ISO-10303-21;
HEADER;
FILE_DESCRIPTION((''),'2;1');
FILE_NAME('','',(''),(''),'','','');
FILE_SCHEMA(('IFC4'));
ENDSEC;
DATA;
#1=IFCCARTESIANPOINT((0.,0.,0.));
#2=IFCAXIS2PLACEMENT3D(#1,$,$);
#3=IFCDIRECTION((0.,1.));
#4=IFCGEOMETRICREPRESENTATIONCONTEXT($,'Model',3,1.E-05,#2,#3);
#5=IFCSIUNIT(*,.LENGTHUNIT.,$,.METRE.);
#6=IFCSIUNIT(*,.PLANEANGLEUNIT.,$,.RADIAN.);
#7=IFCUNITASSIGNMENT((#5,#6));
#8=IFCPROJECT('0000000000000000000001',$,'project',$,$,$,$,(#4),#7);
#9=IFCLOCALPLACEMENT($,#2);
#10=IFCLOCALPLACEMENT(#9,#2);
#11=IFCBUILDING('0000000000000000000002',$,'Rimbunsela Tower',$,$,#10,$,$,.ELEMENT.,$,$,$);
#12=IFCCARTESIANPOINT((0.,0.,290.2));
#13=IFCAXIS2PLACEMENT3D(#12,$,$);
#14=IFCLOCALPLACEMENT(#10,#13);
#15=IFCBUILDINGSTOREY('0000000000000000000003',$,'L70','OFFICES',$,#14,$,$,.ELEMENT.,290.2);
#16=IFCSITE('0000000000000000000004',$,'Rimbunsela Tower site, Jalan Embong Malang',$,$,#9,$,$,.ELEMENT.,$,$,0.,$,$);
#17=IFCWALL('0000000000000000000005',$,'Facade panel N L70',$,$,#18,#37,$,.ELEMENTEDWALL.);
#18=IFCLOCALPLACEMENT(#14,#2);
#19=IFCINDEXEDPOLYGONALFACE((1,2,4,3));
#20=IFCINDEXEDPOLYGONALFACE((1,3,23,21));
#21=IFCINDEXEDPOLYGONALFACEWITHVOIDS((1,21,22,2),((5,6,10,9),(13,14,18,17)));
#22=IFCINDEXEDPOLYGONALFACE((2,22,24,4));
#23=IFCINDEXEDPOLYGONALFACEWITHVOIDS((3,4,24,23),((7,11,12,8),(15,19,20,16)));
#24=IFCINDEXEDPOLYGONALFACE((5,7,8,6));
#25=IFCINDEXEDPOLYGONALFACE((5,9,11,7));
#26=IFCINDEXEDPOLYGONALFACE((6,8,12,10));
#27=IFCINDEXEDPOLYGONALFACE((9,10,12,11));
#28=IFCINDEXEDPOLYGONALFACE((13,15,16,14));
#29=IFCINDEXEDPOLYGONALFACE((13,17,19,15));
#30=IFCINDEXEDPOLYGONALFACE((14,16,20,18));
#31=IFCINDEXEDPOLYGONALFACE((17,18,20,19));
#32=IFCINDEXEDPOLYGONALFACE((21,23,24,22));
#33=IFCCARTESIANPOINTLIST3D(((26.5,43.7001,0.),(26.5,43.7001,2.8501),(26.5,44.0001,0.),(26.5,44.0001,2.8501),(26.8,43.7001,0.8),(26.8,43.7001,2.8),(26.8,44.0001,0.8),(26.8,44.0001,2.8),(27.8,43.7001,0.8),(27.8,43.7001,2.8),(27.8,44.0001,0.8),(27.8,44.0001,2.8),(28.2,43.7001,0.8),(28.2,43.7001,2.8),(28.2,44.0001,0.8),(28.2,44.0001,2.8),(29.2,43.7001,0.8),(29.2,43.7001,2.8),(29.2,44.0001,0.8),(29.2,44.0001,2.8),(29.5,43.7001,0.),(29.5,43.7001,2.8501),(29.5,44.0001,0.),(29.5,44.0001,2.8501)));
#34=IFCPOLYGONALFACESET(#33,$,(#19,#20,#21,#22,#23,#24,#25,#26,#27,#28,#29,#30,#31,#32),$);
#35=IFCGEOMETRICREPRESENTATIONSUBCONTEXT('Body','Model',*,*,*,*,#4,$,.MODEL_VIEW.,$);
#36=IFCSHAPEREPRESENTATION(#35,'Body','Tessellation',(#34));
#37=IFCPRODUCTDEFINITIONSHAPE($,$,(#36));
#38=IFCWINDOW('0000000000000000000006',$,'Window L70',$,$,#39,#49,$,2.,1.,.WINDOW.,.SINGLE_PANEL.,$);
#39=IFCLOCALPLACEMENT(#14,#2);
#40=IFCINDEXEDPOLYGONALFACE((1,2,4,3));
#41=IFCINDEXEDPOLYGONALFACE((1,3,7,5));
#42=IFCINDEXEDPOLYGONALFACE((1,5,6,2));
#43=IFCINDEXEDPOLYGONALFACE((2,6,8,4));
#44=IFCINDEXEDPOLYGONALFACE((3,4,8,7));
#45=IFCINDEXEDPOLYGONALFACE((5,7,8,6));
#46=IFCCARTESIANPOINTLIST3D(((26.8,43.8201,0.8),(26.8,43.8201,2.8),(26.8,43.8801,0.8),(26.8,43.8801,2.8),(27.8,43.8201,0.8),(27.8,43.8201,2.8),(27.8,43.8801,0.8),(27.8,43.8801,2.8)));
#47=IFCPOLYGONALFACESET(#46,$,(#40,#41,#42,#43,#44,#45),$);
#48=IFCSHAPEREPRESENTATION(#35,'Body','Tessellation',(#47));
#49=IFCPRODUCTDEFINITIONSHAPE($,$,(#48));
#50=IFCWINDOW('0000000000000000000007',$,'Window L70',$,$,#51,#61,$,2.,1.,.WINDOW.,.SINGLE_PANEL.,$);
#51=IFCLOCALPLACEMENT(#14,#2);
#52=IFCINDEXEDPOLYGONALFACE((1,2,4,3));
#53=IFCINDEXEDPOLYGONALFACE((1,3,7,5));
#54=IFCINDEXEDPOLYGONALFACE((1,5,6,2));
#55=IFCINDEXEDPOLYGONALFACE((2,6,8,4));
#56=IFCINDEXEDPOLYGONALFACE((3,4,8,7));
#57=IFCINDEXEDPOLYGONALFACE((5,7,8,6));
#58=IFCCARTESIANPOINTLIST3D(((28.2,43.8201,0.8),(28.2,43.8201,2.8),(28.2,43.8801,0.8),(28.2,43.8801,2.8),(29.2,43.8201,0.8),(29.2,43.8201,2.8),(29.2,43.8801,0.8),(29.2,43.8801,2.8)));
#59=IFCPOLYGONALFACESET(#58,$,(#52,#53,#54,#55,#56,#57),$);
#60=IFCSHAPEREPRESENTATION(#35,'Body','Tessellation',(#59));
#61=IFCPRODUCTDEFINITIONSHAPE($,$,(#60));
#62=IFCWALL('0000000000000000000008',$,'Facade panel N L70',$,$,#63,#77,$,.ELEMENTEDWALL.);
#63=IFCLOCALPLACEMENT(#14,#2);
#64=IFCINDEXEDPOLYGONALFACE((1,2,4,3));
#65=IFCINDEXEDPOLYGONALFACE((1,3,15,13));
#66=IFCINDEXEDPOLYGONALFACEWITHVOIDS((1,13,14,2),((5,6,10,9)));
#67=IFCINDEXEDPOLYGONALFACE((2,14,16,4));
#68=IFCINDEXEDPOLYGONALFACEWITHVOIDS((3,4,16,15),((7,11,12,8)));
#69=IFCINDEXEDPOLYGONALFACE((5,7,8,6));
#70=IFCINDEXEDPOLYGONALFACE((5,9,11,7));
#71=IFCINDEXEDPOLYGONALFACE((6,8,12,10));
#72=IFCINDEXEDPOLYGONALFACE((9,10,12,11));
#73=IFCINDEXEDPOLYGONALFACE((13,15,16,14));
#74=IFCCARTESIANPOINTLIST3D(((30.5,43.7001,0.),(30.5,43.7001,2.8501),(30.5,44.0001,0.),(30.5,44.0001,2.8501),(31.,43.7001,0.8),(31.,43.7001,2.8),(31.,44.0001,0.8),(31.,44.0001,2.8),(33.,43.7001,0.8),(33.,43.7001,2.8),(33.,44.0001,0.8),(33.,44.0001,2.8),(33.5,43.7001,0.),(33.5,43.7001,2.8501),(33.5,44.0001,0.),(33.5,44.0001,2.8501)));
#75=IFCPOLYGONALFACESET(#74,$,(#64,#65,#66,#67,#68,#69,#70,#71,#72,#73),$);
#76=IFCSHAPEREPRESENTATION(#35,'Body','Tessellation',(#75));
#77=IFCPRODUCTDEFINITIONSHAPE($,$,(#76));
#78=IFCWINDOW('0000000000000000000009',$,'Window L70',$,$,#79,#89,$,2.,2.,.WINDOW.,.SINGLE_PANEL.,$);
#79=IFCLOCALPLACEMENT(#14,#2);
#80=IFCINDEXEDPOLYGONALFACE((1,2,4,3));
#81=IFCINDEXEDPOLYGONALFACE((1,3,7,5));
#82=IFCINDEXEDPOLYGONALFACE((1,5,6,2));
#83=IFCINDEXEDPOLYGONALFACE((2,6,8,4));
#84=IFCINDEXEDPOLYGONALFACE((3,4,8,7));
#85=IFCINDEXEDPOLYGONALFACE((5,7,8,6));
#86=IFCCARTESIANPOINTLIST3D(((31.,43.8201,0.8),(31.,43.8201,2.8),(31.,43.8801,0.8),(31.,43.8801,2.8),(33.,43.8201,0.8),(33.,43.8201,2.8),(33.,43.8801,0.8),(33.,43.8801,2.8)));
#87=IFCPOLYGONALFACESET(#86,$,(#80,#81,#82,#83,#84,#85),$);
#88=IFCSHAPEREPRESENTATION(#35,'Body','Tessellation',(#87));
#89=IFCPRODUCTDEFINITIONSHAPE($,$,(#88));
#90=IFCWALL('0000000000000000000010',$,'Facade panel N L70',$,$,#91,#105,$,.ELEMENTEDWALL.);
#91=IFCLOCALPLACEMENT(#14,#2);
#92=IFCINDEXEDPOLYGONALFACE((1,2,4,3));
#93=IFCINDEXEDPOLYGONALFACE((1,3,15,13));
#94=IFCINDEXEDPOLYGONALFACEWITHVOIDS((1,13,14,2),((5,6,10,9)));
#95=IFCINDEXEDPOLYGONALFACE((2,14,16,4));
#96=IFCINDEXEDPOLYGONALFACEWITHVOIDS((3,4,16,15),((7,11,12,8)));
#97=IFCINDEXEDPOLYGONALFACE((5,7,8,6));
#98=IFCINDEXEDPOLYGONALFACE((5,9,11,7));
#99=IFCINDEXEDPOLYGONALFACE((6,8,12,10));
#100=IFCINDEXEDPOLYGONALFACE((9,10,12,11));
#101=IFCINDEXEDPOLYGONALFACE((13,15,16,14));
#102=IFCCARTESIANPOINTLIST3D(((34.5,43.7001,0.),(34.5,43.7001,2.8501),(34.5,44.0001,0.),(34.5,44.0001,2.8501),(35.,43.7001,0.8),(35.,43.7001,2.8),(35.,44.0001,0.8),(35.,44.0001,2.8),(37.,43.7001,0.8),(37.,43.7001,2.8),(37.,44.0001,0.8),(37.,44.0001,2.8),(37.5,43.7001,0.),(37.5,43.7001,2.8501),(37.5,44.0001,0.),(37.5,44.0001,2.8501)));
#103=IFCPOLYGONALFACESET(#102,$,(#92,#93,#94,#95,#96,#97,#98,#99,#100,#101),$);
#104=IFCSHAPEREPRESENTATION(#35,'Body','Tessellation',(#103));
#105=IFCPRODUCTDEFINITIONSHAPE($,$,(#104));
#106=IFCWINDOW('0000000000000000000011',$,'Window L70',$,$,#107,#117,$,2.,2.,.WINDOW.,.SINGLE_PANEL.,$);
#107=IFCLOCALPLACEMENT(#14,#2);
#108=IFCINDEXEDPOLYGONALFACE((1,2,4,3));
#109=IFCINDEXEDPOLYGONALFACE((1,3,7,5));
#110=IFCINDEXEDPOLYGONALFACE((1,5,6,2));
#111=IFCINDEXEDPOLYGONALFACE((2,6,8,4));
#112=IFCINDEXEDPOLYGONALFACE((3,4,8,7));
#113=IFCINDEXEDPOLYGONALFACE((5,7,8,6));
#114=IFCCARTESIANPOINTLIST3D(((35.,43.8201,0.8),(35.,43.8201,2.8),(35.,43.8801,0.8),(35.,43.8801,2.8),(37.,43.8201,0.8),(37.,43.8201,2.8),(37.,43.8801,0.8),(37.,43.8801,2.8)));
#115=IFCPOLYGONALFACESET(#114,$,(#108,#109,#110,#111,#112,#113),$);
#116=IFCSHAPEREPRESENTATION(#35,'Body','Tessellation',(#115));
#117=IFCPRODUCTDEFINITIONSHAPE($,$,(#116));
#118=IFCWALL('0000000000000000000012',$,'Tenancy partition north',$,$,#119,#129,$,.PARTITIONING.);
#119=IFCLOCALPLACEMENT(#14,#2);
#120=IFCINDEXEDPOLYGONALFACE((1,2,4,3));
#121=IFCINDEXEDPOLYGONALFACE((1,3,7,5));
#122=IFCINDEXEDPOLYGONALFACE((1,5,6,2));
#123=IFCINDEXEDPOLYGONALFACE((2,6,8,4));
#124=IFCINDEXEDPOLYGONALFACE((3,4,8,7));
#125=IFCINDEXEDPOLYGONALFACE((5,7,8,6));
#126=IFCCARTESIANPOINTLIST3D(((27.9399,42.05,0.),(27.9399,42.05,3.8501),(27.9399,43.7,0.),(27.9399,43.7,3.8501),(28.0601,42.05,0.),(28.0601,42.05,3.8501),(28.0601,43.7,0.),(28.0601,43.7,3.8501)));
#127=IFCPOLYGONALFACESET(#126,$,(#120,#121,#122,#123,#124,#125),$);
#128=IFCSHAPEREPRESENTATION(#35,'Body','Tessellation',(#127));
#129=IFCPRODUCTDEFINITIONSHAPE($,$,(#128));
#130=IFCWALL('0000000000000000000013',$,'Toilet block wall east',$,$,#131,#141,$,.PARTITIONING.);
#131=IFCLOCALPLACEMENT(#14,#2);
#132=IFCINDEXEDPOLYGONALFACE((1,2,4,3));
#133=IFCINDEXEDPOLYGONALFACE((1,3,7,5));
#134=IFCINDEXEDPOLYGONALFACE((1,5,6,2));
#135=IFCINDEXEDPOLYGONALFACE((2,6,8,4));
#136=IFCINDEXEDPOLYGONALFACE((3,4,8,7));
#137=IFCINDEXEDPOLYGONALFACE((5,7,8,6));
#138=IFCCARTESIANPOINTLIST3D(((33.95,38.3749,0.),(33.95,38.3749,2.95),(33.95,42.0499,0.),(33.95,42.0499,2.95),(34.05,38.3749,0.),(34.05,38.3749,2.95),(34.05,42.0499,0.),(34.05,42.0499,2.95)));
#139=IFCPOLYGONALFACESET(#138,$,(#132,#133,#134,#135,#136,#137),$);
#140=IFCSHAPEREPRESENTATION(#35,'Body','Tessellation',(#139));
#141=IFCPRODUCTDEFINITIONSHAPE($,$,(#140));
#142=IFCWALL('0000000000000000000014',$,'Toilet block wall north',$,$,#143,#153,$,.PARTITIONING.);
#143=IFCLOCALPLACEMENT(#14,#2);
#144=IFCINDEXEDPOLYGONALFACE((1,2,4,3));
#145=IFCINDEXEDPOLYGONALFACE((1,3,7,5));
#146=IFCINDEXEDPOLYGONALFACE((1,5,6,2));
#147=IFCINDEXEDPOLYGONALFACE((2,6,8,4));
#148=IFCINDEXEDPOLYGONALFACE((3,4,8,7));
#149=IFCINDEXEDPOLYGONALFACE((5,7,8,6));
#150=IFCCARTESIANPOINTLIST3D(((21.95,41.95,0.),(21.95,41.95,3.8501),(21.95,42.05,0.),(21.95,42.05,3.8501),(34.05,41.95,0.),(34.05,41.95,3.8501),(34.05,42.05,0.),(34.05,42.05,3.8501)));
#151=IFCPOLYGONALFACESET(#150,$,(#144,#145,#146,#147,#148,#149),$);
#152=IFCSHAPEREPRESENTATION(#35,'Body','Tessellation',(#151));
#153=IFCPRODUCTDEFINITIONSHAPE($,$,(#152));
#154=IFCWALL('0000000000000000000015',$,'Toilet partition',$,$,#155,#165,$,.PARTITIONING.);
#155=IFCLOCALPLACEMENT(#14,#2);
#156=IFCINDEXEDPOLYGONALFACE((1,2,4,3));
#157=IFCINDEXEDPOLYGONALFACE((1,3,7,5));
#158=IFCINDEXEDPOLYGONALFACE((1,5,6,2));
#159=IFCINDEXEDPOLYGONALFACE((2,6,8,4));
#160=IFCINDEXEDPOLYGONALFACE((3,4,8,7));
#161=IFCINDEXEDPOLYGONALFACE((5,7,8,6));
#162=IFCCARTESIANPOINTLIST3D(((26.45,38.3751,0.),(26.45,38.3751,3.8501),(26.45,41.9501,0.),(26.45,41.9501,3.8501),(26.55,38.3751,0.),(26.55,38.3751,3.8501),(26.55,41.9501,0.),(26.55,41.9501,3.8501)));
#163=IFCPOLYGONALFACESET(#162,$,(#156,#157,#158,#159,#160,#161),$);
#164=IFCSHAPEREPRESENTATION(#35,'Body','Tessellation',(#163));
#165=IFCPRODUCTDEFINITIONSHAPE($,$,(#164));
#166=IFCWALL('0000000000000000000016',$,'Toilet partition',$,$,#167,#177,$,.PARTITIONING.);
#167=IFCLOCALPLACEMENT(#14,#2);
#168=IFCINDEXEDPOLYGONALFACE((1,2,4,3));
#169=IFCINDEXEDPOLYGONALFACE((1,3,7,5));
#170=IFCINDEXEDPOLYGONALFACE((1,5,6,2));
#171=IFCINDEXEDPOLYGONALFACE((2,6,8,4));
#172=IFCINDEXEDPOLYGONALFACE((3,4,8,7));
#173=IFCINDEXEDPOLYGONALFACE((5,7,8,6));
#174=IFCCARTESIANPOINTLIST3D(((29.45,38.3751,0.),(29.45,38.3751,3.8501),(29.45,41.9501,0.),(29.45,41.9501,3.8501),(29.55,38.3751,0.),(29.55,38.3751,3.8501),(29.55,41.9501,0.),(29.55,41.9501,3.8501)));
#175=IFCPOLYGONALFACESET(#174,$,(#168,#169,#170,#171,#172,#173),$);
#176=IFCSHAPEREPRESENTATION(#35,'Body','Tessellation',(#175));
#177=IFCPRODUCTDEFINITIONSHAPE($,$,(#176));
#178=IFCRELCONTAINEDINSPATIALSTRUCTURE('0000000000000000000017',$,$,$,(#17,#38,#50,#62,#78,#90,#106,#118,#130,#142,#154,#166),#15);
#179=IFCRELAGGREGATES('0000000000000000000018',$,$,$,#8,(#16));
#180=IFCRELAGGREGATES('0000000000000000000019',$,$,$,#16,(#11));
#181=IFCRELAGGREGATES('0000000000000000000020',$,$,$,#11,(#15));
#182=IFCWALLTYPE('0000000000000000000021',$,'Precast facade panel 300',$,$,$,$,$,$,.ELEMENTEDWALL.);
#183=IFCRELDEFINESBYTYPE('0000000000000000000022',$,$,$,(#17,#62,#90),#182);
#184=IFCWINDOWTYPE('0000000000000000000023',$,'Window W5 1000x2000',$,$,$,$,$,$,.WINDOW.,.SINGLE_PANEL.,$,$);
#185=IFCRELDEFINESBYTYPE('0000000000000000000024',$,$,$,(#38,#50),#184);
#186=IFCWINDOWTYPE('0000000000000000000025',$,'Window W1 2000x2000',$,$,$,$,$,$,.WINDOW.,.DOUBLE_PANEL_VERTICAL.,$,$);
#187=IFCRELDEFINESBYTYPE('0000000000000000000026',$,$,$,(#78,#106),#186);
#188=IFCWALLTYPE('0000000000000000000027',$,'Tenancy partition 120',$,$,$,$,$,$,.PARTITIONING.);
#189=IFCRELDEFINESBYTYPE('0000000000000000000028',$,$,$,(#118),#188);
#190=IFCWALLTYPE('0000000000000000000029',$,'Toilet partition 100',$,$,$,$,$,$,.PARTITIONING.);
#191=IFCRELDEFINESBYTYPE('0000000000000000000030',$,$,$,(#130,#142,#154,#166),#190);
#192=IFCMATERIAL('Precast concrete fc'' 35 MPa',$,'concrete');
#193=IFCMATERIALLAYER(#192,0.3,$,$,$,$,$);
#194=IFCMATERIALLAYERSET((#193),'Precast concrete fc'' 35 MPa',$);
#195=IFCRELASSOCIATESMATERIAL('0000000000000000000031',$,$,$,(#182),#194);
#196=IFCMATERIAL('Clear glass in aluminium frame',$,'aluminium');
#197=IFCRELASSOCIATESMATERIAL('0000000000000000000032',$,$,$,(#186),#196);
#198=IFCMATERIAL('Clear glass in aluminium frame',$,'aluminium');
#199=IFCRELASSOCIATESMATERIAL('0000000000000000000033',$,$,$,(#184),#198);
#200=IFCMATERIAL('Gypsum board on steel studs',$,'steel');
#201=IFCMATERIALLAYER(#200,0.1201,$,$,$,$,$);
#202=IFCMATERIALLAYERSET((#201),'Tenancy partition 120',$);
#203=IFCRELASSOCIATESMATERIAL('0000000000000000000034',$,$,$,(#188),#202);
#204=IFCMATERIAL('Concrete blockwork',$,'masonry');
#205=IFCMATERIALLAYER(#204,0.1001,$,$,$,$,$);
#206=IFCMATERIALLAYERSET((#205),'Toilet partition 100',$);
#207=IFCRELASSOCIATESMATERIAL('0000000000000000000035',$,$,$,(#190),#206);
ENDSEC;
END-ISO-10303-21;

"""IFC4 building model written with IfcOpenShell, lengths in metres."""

from ifc_helpers import new_model, si_unit, direction, frame, frame_2d, origin, place, context, subcontext, project, spatial, rectangle, extrude, material, layer, layer_set, type_object, element, fill, save


model = new_model("IFC4")

# Units and contexts
model_context = context("Model", 3, precision=1e-05, world=origin(), true_north=direction((0.0, 1.0)))
body_context = subcontext(model_context, "Body", "Model", "MODEL_VIEW")
ifc_project = project(units=[si_unit("LENGTHUNIT", "METRE"), si_unit("PLANEANGLEUNIT", "RADIAN")], contexts=[model_context])

# Site, building, storey
site_placement = place(None, origin())
site = spatial("IfcSite", under=ifc_project, at=site_placement, Name="Rimbunsela Tower site, Jalan Embong Malang", CompositionType="ELEMENT", RefElevation=0.0)
building_placement = place(site_placement, origin())
building = spatial("IfcBuilding", under=site, at=building_placement, Name="Rimbunsela Tower", CompositionType="ELEMENT")
storey_placement = place(building_placement, frame((0.0, 0.0, 290.2)))
storey = spatial("IfcBuildingStorey", under=building, at=storey_placement, Name="L70", Description="OFFICES", CompositionType="ELEMENT", Elevation=290.2)

# Shared definitions
ifc_material_1 = material(Name="Precast concrete fc' 35 MPa", Category="concrete")
ifc_layer_1 = layer(ifc_material_1, 0.3)
ifc_layer_set_1 = layer_set([ifc_layer_1], Name="Precast concrete fc' 35 MPa")
wall_type_1 = type_object("IfcWallType", Name="Precast facade panel 300", PredefinedType="ELEMENTEDWALL", material=ifc_layer_set_1)
ifc_material_2 = material(Name="Clear glass in aluminium frame", Category="aluminium")
window_type_1 = type_object("IfcWindowType", Name="Window W1 2000x2000", PartitioningType="DOUBLE_PANEL_VERTICAL", PredefinedType="WINDOW", material=ifc_material_2)

# Wall, openings, windows
wall_1_placement = place(storey_placement, frame((29.5, 43.8501, 0.0), z_axis=(0.0, 0.0, 1.0), x_axis=(-1.0, 0.0, 0.0)))
wall_1 = element("IfcWall", 1, at=wall_1_placement, inside=storey, type_object=wall_type_1, Name="Facade panel N L70", PredefinedType="ELEMENTEDWALL", context=body_context, shape_type="SweptSolid", body=[
    extrude(rectangle(XDim=3.0, YDim=0.3, at=frame_2d((1.5, 0.0))), origin(), (0.0, 0.0, 1.0), 2.8501),
])
opening_1_placement = place(wall_1_placement, frame((1.7, 0.0, 0.8)))
opening_1 = element("IfcOpeningElement", 2, at=opening_1_placement, cuts=wall_1, PredefinedType="OPENING", context=body_context, shape_type="SweptSolid", body=[
    extrude(rectangle(XDim=1.0, YDim=2.0, at=frame_2d((0.5, 1.0))), frame((0.0, 0.1599, 0.0), z_axis=(0.0, -1.0, 0.0), x_axis=(1.0, 0.0, 0.0)), (0.0, 0.0, 1.0), 0.3201),
])
opening_2_placement = place(wall_1_placement, frame((0.3, 0.0, 0.8)))
opening_2 = element("IfcOpeningElement", 3, at=opening_2_placement, cuts=wall_1, PredefinedType="OPENING", context=body_context, shape_type="SweptSolid", body=[
    extrude(rectangle(XDim=1.0, YDim=2.0, at=frame_2d((0.5, 1.0))), frame((0.0, 0.1599, 0.0), z_axis=(0.0, -1.0, 0.0), x_axis=(1.0, 0.0, 0.0)), (0.0, 0.0, 1.0), 0.3201),
])
ifc_material_3 = material(Name="Clear glass in aluminium frame", Category="aluminium")
window_type_2 = type_object("IfcWindowType", Name="Window W5 1000x2000", PartitioningType="SINGLE_PANEL", PredefinedType="WINDOW", material=ifc_material_3)
window_1_placement = place(opening_1_placement, origin())
window_1 = element("IfcWindow", 4, at=window_1_placement, inside=storey, type_object=window_type_2, Name="Window L70", OverallHeight=2.0, OverallWidth=1.0, PartitioningType="SINGLE_PANEL", PredefinedType="WINDOW", context=body_context, shape_type="SweptSolid", body=[
    extrude(rectangle(XDim=1.0, YDim=2.0, at=frame_2d((0.5, 1.0))), frame((0.0, 0.03, 0.0), z_axis=(0.0, -1.0, 0.0), x_axis=(1.0, 0.0, 0.0)), (0.0, 0.0, 1.0), 0.0601),
])
fill(opening_1, window_1)
window_2_placement = place(opening_2_placement, origin())
window_2 = element("IfcWindow", 5, at=window_2_placement, inside=storey, type_object=window_type_2, Name="Window L70", OverallHeight=2.0, OverallWidth=1.0, PartitioningType="SINGLE_PANEL", PredefinedType="WINDOW", context=body_context, shape_type="SweptSolid", body=[
    extrude(rectangle(XDim=1.0, YDim=2.0, at=frame_2d((0.5, 1.0))), frame((0.0, 0.03, 0.0), z_axis=(0.0, -1.0, 0.0), x_axis=(1.0, 0.0, 0.0)), (0.0, 0.0, 1.0), 0.0601),
])
fill(opening_2, window_2)

# Walls, openings, windows
wall_2_placement = place(storey_placement, frame((33.5, 43.8501, 0.0), z_axis=(0.0, 0.0, 1.0), x_axis=(-1.0, 0.0, 0.0)))
wall_2 = element("IfcWall", 6, at=wall_2_placement, inside=storey, type_object=wall_type_1, Name="Facade panel N L70", PredefinedType="ELEMENTEDWALL", context=body_context, shape_type="SweptSolid", body=[
    extrude(rectangle(XDim=3.0, YDim=0.3, at=frame_2d((1.5, 0.0))), origin(), (0.0, 0.0, 1.0), 2.8501),
])
opening_3_placement = place(wall_2_placement, frame((0.5, 0.0, 0.8)))
opening_3 = element("IfcOpeningElement", 7, at=opening_3_placement, cuts=wall_2, PredefinedType="OPENING", context=body_context, shape_type="SweptSolid", body=[
    extrude(rectangle(XDim=2.0, YDim=2.0, at=frame_2d((1.0, 1.0))), frame((0.0, 0.1599, 0.0), z_axis=(0.0, -1.0, 0.0), x_axis=(1.0, 0.0, 0.0)), (0.0, 0.0, 1.0), 0.3201),
])
window_3_placement = place(opening_3_placement, origin())
window_3 = element("IfcWindow", 8, at=window_3_placement, inside=storey, type_object=window_type_1, Name="Window L70", OverallHeight=2.0, OverallWidth=2.0, PartitioningType="SINGLE_PANEL", PredefinedType="WINDOW", context=body_context, shape_type="SweptSolid", body=[
    extrude(rectangle(XDim=2.0, YDim=2.0, at=frame_2d((1.0, 1.0))), frame((0.0, 0.03, 0.0), z_axis=(0.0, -1.0, 0.0), x_axis=(1.0, 0.0, 0.0)), (0.0, 0.0, 1.0), 0.0601),
])
fill(opening_3, window_3)
wall_3_placement = place(storey_placement, frame((37.5, 43.8501, 0.0), z_axis=(0.0, 0.0, 1.0), x_axis=(-1.0, 0.0, 0.0)))
wall_3 = element("IfcWall", 9, at=wall_3_placement, inside=storey, type_object=wall_type_1, Name="Facade panel N L70", PredefinedType="ELEMENTEDWALL", context=body_context, shape_type="SweptSolid", body=[
    extrude(rectangle(XDim=3.0, YDim=0.3, at=frame_2d((1.5, 0.0))), origin(), (0.0, 0.0, 1.0), 2.8501),
])
opening_4_placement = place(wall_3_placement, frame((0.5, 0.0, 0.8)))
opening_4 = element("IfcOpeningElement", 10, at=opening_4_placement, cuts=wall_3, PredefinedType="OPENING", context=body_context, shape_type="SweptSolid", body=[
    extrude(rectangle(XDim=2.0, YDim=2.0, at=frame_2d((1.0, 1.0))), frame((0.0, 0.1599, 0.0), z_axis=(0.0, -1.0, 0.0), x_axis=(1.0, 0.0, 0.0)), (0.0, 0.0, 1.0), 0.3201),
])
window_4_placement = place(opening_4_placement, origin())
window_4 = element("IfcWindow", 11, at=window_4_placement, inside=storey, type_object=window_type_1, Name="Window L70", OverallHeight=2.0, OverallWidth=2.0, PartitioningType="SINGLE_PANEL", PredefinedType="WINDOW", context=body_context, shape_type="SweptSolid", body=[
    extrude(rectangle(XDim=2.0, YDim=2.0, at=frame_2d((1.0, 1.0))), frame((0.0, 0.03, 0.0), z_axis=(0.0, -1.0, 0.0), x_axis=(1.0, 0.0, 0.0)), (0.0, 0.0, 1.0), 0.0601),
])
fill(opening_4, window_4)

# Walls
ifc_material_4 = material(Name="Gypsum board on steel studs", Category="steel")
ifc_layer_2 = layer(ifc_material_4, 0.1201)
ifc_layer_set_2 = layer_set([ifc_layer_2], Name="Tenancy partition 120")
wall_type_2 = type_object("IfcWallType", Name="Tenancy partition 120", PredefinedType="PARTITIONING", material=ifc_layer_set_2)
wall_4_placement = place(storey_placement, frame((28.0, 42.05, 0.0), z_axis=(0.0, 0.0, 1.0), x_axis=(0.0, 1.0, 0.0)))
element("IfcWall", 12, at=wall_4_placement, inside=storey, type_object=wall_type_2, Name="Tenancy partition north", PredefinedType="PARTITIONING", context=body_context, shape_type="SweptSolid", body=[
    extrude(rectangle(XDim=1.6499, YDim=0.1201, at=frame_2d((0.825, 0.0))), origin(), (0.0, 0.0, 1.0), 3.8501),
])
ifc_material_5 = material(Name="Concrete blockwork", Category="masonry")
ifc_layer_3 = layer(ifc_material_5, 0.1001)
ifc_layer_set_3 = layer_set([ifc_layer_3], Name="Toilet partition 100")
wall_type_3 = type_object("IfcWallType", Name="Toilet partition 100", PredefinedType="PARTITIONING", material=ifc_layer_set_3)
wall_5_placement = place(storey_placement, frame((34.0, 38.375, 0.0), z_axis=(0.0, 0.0, 1.0), x_axis=(0.0, 1.0, 0.0)))
element("IfcWall", 13, at=wall_5_placement, inside=storey, type_object=wall_type_3, Name="Toilet block wall east", PredefinedType="PARTITIONING", context=body_context, shape_type="SweptSolid", body=[
    extrude(rectangle(XDim=3.675, YDim=0.1001, at=frame_2d((1.8374, 0.0))), origin(), (0.0, 0.0, 1.0), 2.95),
])
wall_6_placement = place(storey_placement, frame((21.95, 42.0, 0.0), z_axis=(0.0, 0.0, 1.0), x_axis=(1.0, 0.0, 0.0)))
element("IfcWall", 14, at=wall_6_placement, inside=storey, type_object=wall_type_3, Name="Toilet block wall north", PredefinedType="PARTITIONING", context=body_context, shape_type="SweptSolid", body=[
    extrude(rectangle(XDim=12.1001, YDim=0.1001, at=frame_2d((6.05, 0.0))), origin(), (0.0, 0.0, 1.0), 3.8501),
])
for number, where, z_axis, x_axis, name in (
    (15, (26.5, 38.375, 0.0), (0.0, 0.0, 1.0), (0.0, 1.0, 0.0), "Toilet partition"),
    (16, (29.5, 38.375, 0.0), (0.0, 0.0, 1.0), (0.0, 1.0, 0.0), "Toilet partition"),
):
    element("IfcWall", number, at=place(storey_placement, frame(where, z_axis=z_axis, x_axis=x_axis)), inside=storey, type_object=wall_type_3, Name=name, PredefinedType="PARTITIONING", context=body_context, shape_type="SweptSolid", body=[
        extrude(rectangle(XDim=3.575, YDim=0.1001, at=frame_2d((1.7876, 0.0))), origin(), (0.0, 0.0, 1.0), 3.8501),
    ])

save(model, "model.ifc")
